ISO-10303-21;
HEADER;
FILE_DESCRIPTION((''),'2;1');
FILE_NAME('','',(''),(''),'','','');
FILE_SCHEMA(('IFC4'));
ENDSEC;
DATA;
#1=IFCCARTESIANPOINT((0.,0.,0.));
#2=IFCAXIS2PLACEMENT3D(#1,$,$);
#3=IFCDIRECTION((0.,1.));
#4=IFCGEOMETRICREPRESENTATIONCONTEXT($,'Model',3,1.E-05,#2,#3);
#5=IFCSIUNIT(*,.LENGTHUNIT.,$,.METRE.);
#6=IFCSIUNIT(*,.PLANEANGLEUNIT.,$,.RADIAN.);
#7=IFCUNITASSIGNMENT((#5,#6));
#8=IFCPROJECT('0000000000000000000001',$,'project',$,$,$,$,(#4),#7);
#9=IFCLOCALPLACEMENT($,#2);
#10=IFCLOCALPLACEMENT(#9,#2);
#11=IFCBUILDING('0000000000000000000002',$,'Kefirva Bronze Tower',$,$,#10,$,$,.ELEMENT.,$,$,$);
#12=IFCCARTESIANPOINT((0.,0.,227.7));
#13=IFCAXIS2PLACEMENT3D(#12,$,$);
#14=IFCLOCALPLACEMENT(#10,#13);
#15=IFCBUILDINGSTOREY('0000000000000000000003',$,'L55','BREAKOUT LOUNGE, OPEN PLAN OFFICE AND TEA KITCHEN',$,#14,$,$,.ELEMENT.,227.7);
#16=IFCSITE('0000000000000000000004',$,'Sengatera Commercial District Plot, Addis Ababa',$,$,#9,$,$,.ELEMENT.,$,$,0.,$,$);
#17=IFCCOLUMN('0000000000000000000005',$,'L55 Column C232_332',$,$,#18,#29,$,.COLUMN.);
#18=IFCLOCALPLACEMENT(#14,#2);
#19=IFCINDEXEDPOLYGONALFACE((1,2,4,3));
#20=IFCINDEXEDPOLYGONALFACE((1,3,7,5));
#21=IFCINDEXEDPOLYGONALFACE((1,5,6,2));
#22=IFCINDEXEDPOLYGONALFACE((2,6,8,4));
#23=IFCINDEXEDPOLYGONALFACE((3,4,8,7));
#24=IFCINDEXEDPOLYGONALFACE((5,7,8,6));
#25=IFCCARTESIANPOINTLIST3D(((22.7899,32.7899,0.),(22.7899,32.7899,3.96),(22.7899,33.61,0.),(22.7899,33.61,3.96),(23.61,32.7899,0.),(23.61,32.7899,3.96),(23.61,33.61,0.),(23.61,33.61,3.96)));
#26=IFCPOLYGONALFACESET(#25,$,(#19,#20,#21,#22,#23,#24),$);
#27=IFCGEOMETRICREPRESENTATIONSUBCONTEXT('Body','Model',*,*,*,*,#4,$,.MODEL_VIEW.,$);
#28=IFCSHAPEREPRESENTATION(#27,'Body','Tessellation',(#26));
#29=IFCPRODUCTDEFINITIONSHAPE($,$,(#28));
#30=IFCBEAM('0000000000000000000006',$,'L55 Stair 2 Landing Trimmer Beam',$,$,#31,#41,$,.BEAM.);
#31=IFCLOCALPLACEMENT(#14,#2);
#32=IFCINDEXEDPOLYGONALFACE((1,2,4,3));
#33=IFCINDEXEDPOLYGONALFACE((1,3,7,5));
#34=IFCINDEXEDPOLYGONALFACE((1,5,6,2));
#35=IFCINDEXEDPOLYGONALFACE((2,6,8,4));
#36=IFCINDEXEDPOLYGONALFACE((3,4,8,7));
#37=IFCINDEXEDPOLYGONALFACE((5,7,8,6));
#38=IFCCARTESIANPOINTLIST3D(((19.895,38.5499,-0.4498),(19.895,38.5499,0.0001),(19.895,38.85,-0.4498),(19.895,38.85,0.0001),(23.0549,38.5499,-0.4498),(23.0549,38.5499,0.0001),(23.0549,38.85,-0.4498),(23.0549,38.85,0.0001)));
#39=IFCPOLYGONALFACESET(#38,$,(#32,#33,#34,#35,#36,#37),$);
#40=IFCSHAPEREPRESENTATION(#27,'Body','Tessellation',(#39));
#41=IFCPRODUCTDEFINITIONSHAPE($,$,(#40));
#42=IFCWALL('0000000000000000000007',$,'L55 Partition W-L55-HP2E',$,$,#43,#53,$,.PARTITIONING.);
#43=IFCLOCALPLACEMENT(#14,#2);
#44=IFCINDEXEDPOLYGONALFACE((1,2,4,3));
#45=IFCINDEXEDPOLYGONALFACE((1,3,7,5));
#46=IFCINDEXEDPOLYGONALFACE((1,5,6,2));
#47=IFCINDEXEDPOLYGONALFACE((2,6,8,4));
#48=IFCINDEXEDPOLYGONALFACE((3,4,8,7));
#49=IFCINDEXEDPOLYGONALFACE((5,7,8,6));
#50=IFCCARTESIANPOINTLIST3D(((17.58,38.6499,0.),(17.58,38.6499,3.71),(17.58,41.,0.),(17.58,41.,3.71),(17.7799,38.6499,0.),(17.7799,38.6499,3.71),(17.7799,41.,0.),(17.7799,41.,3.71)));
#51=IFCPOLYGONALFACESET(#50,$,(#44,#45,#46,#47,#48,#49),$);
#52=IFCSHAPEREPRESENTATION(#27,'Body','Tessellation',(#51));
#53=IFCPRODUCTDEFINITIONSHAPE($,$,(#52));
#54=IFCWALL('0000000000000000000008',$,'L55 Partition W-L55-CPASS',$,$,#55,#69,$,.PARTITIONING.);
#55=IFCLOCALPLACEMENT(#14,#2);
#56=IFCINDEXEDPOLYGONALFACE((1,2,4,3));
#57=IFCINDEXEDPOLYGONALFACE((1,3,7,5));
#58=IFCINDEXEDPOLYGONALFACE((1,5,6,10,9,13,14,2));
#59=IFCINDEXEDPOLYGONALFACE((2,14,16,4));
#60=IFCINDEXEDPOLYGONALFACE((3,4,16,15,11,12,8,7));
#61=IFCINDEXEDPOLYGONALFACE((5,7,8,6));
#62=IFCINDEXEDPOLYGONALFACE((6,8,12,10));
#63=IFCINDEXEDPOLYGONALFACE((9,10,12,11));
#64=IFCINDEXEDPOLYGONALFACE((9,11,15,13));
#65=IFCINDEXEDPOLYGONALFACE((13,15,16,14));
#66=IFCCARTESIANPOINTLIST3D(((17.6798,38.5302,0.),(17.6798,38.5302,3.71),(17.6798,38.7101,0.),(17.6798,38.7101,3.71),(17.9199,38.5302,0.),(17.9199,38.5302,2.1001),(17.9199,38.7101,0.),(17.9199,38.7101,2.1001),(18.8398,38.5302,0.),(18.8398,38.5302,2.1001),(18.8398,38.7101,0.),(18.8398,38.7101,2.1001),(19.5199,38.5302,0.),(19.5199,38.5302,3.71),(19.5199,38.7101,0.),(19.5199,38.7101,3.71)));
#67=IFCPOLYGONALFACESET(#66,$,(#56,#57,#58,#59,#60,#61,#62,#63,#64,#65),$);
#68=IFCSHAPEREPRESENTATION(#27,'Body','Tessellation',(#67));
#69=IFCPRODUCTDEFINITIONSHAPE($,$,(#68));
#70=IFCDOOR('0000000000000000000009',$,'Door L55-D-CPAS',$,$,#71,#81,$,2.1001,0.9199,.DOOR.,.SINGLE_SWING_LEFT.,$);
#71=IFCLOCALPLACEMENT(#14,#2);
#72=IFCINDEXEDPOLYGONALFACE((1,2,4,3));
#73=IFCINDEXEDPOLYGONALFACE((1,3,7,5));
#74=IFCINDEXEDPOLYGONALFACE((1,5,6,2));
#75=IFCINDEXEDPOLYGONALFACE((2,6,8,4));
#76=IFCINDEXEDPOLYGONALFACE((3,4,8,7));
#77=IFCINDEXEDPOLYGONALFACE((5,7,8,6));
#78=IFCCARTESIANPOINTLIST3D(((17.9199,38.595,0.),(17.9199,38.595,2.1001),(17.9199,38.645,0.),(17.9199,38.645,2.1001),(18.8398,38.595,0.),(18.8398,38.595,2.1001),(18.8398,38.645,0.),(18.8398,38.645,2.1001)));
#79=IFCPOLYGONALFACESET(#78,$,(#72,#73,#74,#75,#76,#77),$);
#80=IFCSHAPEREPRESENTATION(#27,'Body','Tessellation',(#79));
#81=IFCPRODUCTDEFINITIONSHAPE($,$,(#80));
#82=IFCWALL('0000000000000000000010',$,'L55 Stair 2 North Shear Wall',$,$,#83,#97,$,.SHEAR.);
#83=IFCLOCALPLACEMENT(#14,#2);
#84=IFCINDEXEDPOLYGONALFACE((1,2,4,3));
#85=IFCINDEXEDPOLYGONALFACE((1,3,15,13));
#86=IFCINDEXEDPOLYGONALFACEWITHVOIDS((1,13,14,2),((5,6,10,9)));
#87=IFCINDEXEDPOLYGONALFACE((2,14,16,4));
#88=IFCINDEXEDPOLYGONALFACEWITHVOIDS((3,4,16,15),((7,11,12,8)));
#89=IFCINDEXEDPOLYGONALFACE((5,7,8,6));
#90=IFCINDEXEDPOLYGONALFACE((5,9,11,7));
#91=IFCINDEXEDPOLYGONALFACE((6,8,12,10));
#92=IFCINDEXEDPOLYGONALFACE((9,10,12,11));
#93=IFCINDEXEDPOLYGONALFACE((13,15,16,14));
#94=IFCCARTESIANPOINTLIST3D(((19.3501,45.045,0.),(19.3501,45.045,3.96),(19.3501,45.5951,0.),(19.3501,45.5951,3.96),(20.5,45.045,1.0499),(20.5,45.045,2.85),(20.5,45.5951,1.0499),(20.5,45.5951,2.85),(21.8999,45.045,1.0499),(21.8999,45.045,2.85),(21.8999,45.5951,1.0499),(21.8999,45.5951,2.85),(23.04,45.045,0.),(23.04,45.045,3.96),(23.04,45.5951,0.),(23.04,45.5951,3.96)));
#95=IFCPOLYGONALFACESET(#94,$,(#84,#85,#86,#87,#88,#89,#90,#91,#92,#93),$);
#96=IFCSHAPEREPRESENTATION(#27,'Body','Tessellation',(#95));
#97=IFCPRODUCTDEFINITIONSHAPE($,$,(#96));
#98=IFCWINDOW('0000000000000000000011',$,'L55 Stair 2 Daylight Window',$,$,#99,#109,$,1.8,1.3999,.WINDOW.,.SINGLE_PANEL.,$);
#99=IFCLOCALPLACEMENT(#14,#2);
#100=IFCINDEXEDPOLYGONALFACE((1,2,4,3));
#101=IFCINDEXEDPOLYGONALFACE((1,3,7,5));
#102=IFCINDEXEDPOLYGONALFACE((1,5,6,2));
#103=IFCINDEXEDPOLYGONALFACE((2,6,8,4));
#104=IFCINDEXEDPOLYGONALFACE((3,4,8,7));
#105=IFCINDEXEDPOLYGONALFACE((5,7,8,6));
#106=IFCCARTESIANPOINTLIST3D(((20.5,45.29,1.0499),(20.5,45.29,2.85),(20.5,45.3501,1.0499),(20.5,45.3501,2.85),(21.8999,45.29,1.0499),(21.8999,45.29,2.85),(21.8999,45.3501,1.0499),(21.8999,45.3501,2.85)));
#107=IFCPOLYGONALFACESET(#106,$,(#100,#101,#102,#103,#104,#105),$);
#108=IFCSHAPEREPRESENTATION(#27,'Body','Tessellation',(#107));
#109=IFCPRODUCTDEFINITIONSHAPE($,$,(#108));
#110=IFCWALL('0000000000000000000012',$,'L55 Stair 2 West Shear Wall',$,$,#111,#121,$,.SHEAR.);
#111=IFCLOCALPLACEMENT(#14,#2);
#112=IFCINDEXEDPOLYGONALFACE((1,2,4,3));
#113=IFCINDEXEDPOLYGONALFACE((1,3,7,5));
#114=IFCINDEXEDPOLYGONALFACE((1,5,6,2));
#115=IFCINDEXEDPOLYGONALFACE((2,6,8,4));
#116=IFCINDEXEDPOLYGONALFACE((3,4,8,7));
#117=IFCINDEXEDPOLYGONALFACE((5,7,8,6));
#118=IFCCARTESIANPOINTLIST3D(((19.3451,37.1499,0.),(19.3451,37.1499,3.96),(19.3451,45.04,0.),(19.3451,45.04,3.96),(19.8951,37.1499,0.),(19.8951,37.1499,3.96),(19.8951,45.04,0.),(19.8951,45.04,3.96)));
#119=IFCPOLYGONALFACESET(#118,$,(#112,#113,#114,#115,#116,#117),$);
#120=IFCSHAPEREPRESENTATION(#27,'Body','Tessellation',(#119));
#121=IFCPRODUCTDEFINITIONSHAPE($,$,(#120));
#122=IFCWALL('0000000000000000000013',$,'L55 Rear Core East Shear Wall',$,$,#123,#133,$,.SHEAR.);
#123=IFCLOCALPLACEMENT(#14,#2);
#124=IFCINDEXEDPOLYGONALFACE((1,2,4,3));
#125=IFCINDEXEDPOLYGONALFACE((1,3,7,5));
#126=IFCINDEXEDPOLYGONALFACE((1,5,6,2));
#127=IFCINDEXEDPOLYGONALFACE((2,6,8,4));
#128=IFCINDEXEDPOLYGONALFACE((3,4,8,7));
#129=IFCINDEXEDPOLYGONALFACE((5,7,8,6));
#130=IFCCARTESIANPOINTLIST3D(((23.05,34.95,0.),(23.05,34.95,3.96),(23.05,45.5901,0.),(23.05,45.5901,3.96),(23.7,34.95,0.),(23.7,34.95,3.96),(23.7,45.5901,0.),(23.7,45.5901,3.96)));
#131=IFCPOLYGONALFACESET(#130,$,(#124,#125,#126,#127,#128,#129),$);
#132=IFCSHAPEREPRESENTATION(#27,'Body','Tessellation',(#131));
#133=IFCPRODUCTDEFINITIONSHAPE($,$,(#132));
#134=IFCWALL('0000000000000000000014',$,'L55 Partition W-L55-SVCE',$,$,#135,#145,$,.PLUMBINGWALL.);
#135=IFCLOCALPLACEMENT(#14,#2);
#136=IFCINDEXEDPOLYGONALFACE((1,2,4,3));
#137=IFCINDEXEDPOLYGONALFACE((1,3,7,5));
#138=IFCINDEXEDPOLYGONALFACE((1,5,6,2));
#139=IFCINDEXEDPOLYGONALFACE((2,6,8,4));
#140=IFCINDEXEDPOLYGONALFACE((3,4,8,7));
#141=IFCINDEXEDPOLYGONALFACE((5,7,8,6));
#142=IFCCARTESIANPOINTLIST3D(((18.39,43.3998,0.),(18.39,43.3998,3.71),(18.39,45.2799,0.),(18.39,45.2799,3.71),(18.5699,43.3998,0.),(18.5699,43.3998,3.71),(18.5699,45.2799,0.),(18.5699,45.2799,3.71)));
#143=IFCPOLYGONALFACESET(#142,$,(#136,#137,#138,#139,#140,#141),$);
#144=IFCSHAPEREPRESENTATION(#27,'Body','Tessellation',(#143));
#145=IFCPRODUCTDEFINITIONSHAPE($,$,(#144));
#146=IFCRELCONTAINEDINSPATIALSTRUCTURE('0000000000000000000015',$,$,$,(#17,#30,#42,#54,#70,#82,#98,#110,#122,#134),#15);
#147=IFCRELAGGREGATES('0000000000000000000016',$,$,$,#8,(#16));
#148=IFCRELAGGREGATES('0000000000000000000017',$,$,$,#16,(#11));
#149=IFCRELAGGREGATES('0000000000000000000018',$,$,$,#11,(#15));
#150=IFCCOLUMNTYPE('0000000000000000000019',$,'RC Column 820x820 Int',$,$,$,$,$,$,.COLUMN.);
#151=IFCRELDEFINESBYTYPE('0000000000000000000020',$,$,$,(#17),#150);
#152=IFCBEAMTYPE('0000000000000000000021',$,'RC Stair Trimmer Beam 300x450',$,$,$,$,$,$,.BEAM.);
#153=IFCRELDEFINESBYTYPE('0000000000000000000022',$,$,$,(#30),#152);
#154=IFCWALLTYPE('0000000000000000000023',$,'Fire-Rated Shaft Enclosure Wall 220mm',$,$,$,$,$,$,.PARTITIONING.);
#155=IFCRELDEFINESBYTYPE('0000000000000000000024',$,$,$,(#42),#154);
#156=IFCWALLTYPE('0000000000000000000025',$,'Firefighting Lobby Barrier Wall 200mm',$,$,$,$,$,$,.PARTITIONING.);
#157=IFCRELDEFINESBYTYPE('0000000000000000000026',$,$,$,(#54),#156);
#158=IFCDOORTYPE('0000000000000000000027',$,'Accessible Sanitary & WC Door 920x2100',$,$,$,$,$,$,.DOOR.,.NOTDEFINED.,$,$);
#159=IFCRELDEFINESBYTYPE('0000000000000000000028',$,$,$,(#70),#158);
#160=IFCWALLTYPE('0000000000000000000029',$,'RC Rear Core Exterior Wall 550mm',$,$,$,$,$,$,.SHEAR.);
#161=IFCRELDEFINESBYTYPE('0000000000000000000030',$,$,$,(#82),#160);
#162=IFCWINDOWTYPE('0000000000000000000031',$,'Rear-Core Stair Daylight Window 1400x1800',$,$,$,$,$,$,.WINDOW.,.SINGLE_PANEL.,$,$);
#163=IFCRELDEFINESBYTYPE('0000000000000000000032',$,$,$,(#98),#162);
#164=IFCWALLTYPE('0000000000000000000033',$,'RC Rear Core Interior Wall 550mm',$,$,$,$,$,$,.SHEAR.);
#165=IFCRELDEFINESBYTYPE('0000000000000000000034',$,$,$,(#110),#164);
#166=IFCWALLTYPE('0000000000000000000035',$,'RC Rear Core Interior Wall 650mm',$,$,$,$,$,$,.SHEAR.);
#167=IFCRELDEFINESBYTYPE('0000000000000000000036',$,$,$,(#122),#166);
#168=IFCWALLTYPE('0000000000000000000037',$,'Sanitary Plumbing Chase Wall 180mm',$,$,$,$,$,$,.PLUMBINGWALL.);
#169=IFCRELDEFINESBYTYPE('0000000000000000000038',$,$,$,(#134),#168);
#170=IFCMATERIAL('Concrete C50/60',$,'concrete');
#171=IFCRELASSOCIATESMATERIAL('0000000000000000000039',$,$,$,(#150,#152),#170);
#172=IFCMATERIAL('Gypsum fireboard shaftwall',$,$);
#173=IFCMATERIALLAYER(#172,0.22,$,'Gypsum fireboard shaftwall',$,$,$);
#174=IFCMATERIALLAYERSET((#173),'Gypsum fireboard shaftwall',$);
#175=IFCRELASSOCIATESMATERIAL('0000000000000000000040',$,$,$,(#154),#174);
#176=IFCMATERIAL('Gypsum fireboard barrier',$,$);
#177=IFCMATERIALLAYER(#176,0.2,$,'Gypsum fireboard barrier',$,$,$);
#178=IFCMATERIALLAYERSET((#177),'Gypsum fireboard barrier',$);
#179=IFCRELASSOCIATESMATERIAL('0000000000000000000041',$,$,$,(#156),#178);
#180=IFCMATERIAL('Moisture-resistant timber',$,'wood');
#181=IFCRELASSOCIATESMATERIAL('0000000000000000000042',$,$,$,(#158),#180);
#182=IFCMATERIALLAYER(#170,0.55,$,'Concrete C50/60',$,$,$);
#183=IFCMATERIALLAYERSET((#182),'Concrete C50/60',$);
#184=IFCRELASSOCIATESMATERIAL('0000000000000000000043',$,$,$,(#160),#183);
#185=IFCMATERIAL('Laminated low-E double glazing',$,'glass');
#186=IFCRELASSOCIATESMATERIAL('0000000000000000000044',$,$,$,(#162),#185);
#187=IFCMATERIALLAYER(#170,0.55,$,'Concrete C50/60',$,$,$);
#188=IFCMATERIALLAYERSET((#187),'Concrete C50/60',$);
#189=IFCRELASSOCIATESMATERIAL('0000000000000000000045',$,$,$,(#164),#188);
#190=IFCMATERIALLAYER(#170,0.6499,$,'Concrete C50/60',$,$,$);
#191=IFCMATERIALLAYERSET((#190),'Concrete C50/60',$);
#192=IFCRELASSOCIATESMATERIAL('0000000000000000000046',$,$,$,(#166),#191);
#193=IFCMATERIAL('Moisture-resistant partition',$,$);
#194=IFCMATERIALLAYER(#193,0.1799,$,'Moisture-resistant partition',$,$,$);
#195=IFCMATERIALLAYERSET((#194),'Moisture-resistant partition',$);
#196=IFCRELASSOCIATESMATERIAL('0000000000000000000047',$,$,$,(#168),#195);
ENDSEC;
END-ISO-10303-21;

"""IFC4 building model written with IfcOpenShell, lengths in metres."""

from ifc_helpers import new_model, si_unit, direction, frame, frame_2d, origin, origin_2d, place, context, subcontext, project, spatial, rectangle, extrude, material, layer, layer_set, material_profile, profile_set, type_object, element, fill, save


model = new_model("IFC4")

# Units and contexts
model_context = context("Model", 3, precision=1e-05, world=origin(), true_north=direction((0.0, 1.0)))
body_context = subcontext(model_context, "Body", "Model", "MODEL_VIEW")
ifc_project = project(units=[si_unit("LENGTHUNIT", "METRE"), si_unit("PLANEANGLEUNIT", "RADIAN")], contexts=[model_context])

# Site, building, storey
site_placement = place(None, origin())
site = spatial("IfcSite", under=ifc_project, at=site_placement, Name="Sengatera Commercial District Plot, Addis Ababa", CompositionType="ELEMENT", RefElevation=0.0)
building_placement = place(site_placement, origin())
building = spatial("IfcBuilding", under=site, at=building_placement, Name="Kefirva Bronze Tower", CompositionType="ELEMENT")
storey_placement = place(building_placement, frame((0.0, 0.0, 227.7)))
storey = spatial("IfcBuildingStorey", under=building, at=storey_placement, Name="L55", Description="BREAKOUT LOUNGE, OPEN PLAN OFFICE AND TEA KITCHEN", CompositionType="ELEMENT", Elevation=227.7)

# Column
ifc_material_1 = material(Name="Concrete C50/60", Category="concrete")
ifc_material_profile_1 = material_profile(ifc_material_1, rectangle(XDim=0.8201, YDim=0.8201, at=origin_2d()), Name="RC 820x820")
ifc_profile_set_1 = profile_set([ifc_material_profile_1], Name="Concrete C50/60")
column_type = type_object("IfcColumnType", Name="RC Column 820x820 Int", PredefinedType="COLUMN", material=ifc_profile_set_1)
column_placement = place(storey_placement, frame((23.2, 33.2, 0.0), z_axis=(0.0, 0.0, 1.0), x_axis=(1.0, 0.0, 0.0)))
element("IfcColumn", 1, at=column_placement, inside=storey, type_object=column_type, Name="L55 Column C232_332", PredefinedType="COLUMN", context=body_context, shape_type="SweptSolid", body=[
    extrude(rectangle(XDim=0.8201, YDim=0.8201, at=origin_2d()), origin(), (0.0, 0.0, 1.0), 3.96),
])

# Beam
ifc_material_profile_2 = material_profile(ifc_material_1, rectangle(XDim=0.3, YDim=0.45, at=origin_2d()), Name="RC 300x450")
ifc_profile_set_2 = profile_set([ifc_material_profile_2], Name="Concrete C50/60")
beam_type = type_object("IfcBeamType", Name="RC Stair Trimmer Beam 300x450", PredefinedType="BEAM", material=ifc_profile_set_2)
beam_placement = place(storey_placement, frame((19.895, 38.7, -0.2249), z_axis=(1.0, 0.0, 0.0), x_axis=(0.0, 1.0, 0.0)))
element("IfcBeam", 2, at=beam_placement, inside=storey, type_object=beam_type, Name="L55 Stair 2 Landing Trimmer Beam", PredefinedType="BEAM", context=body_context, shape_type="SweptSolid", body=[
    extrude(rectangle(XDim=0.3, YDim=0.45, at=origin_2d()), origin(), (0.0, 0.0, 1.0), 3.1599),
])

# Shared definitions
ifc_material_2 = material(Name="Gypsum fireboard shaftwall")
ifc_layer_1 = layer(ifc_material_2, 0.22, Name="Gypsum fireboard shaftwall")
ifc_layer_set_1 = layer_set([ifc_layer_1], Name="Gypsum fireboard shaftwall")
wall_type_1 = type_object("IfcWallType", Name="Fire-Rated Shaft Enclosure Wall 220mm", PredefinedType="PARTITIONING", material=ifc_layer_set_1)

# Wall
wall_1_placement = place(storey_placement, frame((17.6799, 38.6499, 0.0), z_axis=(0.0, 0.0, 1.0), x_axis=(0.0, 1.0, 0.0)))
element("IfcWall", 3, at=wall_1_placement, inside=storey, type_object=wall_type_1, Name="L55 Partition W-L55-HP2E", PredefinedType="PARTITIONING", context=body_context, shape_type="SweptSolid", body=[
    extrude(rectangle(XDim=2.3501, YDim=0.2, at=frame_2d((1.175, 0.0))), origin(), (0.0, 0.0, 1.0), 3.71),
])

# Wall, opening, door
ifc_material_3 = material(Name="Gypsum fireboard barrier")
ifc_layer_2 = layer(ifc_material_3, 0.2, Name="Gypsum fireboard barrier")
ifc_layer_set_2 = layer_set([ifc_layer_2], Name="Gypsum fireboard barrier")
wall_type_2 = type_object("IfcWallType", Name="Firefighting Lobby Barrier Wall 200mm", PredefinedType="PARTITIONING", material=ifc_layer_set_2)
wall_2_placement = place(storey_placement, frame((17.6799, 38.6201, 0.0), z_axis=(0.0, 0.0, 1.0), x_axis=(1.0, 0.0, 0.0)))
wall_2 = element("IfcWall", 4, at=wall_2_placement, inside=storey, type_object=wall_type_2, Name="L55 Partition W-L55-CPASS", PredefinedType="PARTITIONING", context=body_context, shape_type="SweptSolid", body=[
    extrude(rectangle(XDim=1.8401, YDim=0.1799, at=frame_2d((0.9199, 0.0))), origin(), (0.0, 0.0, 1.0), 3.71),
])
opening_1_placement = place(wall_2_placement, frame((0.24, 0.0, 0.0)))
opening_1 = element("IfcOpeningElement", 5, at=opening_1_placement, cuts=wall_2, PredefinedType="OPENING", context=body_context, shape_type="SweptSolid", body=[
    extrude(rectangle(XDim=0.9199, YDim=2.1001, at=frame_2d((0.46, 1.05))), frame((0.0, 0.1001, 0.0), z_axis=(0.0, -1.0, 0.0), x_axis=(1.0, 0.0, 0.0)), (0.0, 0.0, 1.0), 0.2),
])
ifc_material_4 = material(Name="Moisture-resistant timber", Category="wood")
door_type_1 = type_object("IfcDoorType", Name="Accessible Sanitary & WC Door 920x2100", OperationType="NOTDEFINED", PredefinedType="DOOR", material=ifc_material_4)
door_1_placement = place(opening_1_placement, origin())
door_1 = element("IfcDoor", 6, at=door_1_placement, inside=storey, type_object=door_type_1, Name="Door L55-D-CPAS", OperationType="SINGLE_SWING_LEFT", OverallHeight=2.1001, OverallWidth=0.9199, PredefinedType="DOOR", context=body_context, shape_type="SweptSolid", body=[
    extrude(rectangle(XDim=0.9199, YDim=2.1001, at=frame_2d((0.46, 1.05))), frame((0.0, 0.0249, 0.0), z_axis=(0.0, -1.0, 0.0), x_axis=(1.0, 0.0, 0.0)), (0.0, 0.0, 1.0), 0.05),
])
fill(opening_1, door_1)

# Wall, opening, window
ifc_layer_3 = layer(ifc_material_1, 0.55, Name="Concrete C50/60")
ifc_layer_set_3 = layer_set([ifc_layer_3], Name="Concrete C50/60")
wall_type_3 = type_object("IfcWallType", Name="RC Rear Core Exterior Wall 550mm", PredefinedType="SHEAR", material=ifc_layer_set_3)
wall_3_placement = place(storey_placement, frame((19.3501, 45.3201, 0.0), z_axis=(0.0, 0.0, 1.0), x_axis=(1.0, 0.0, 0.0)))
wall_3 = element("IfcWall", 7, at=wall_3_placement, inside=storey, type_object=wall_type_3, Name="L55 Stair 2 North Shear Wall", PredefinedType="SHEAR", context=body_context, shape_type="SweptSolid", body=[
    extrude(rectangle(XDim=3.6899, YDim=0.55, at=frame_2d((1.845, 0.0))), origin(), (0.0, 0.0, 1.0), 3.96),
])
opening_2_placement = place(wall_3_placement, frame((1.1499, 0.0, 1.05)))
opening_2 = element("IfcOpeningElement", 8, at=opening_2_placement, cuts=wall_3, PredefinedType="OPENING", context=body_context, shape_type="SweptSolid", body=[
    extrude(rectangle(XDim=1.3999, YDim=1.8, at=frame_2d((0.7, 0.8999))), frame((0.0, 0.2852, 0.0), z_axis=(0.0, -1.0, 0.0), x_axis=(1.0, 0.0, 0.0)), (0.0, 0.0, 1.0), 0.5701),
])
ifc_material_5 = material(Name="Laminated low-E double glazing", Category="glass")
window_type = type_object("IfcWindowType", Name="Rear-Core Stair Daylight Window 1400x1800", PartitioningType="SINGLE_PANEL", PredefinedType="WINDOW", material=ifc_material_5)
window_placement = place(opening_2_placement, origin())
window = element("IfcWindow", 9, at=window_placement, inside=storey, type_object=window_type, Name="L55 Stair 2 Daylight Window", OverallHeight=1.8, OverallWidth=1.3999, PartitioningType="SINGLE_PANEL", PredefinedType="WINDOW", context=body_context, shape_type="SweptSolid", body=[
    extrude(rectangle(XDim=1.3999, YDim=1.8, at=frame_2d((0.7, 0.8999))), frame((0.0, 0.03, 0.0), z_axis=(0.0, -1.0, 0.0), x_axis=(1.0, 0.0, 0.0)), (0.0, 0.0, 1.0), 0.0601),
])
fill(opening_2, window)

# Walls
ifc_layer_4 = layer(ifc_material_1, 0.55, Name="Concrete C50/60")
ifc_layer_set_4 = layer_set([ifc_layer_4], Name="Concrete C50/60")
wall_type_4 = type_object("IfcWallType", Name="RC Rear Core Interior Wall 550mm", PredefinedType="SHEAR", material=ifc_layer_set_4)
wall_4_placement = place(storey_placement, frame((19.6201, 37.1499, 0.0), z_axis=(0.0, 0.0, 1.0), x_axis=(0.0, 1.0, 0.0)))
element("IfcWall", 10, at=wall_4_placement, inside=storey, type_object=wall_type_4, Name="L55 Stair 2 West Shear Wall", PredefinedType="SHEAR", context=body_context, shape_type="SweptSolid", body=[
    extrude(rectangle(XDim=7.8901, YDim=0.55, at=frame_2d((3.9451, 0.0))), origin(), (0.0, 0.0, 1.0), 3.96),
])
ifc_layer_5 = layer(ifc_material_1, 0.6499, Name="Concrete C50/60")
ifc_layer_set_5 = layer_set([ifc_layer_5], Name="Concrete C50/60")
wall_type_5 = type_object("IfcWallType", Name="RC Rear Core Interior Wall 650mm", PredefinedType="SHEAR", material=ifc_layer_set_5)
wall_5_placement = place(storey_placement, frame((23.375, 34.95, 0.0), z_axis=(0.0, 0.0, 1.0), x_axis=(0.0, 1.0, 0.0)))
element("IfcWall", 11, at=wall_5_placement, inside=storey, type_object=wall_type_5, Name="L55 Rear Core East Shear Wall", PredefinedType="SHEAR", context=body_context, shape_type="SweptSolid", body=[
    extrude(rectangle(XDim=10.6401, YDim=0.6499, at=frame_2d((5.3201, 0.0))), origin(), (0.0, 0.0, 1.0), 3.96),
])
ifc_material_6 = material(Name="Moisture-resistant partition")
ifc_layer_6 = layer(ifc_material_6, 0.1799, Name="Moisture-resistant partition")
ifc_layer_set_6 = layer_set([ifc_layer_6], Name="Moisture-resistant partition")
wall_type_6 = type_object("IfcWallType", Name="Sanitary Plumbing Chase Wall 180mm", PredefinedType="PLUMBINGWALL", material=ifc_layer_set_6)
wall_6_placement = place(storey_placement, frame((18.48, 43.3999, 0.0), z_axis=(0.0, 0.0, 1.0), x_axis=(0.0, 1.0, 0.0)))
element("IfcWall", 12, at=wall_6_placement, inside=storey, type_object=wall_type_6, Name="L55 Partition W-L55-SVCE", PredefinedType="PLUMBINGWALL", context=body_context, shape_type="SweptSolid", body=[
    extrude(rectangle(XDim=1.8801, YDim=0.1799, at=frame_2d((0.9399, 0.0))), origin(), (0.0, 0.0, 1.0), 3.71),
])

save(model, "model.ifc")
